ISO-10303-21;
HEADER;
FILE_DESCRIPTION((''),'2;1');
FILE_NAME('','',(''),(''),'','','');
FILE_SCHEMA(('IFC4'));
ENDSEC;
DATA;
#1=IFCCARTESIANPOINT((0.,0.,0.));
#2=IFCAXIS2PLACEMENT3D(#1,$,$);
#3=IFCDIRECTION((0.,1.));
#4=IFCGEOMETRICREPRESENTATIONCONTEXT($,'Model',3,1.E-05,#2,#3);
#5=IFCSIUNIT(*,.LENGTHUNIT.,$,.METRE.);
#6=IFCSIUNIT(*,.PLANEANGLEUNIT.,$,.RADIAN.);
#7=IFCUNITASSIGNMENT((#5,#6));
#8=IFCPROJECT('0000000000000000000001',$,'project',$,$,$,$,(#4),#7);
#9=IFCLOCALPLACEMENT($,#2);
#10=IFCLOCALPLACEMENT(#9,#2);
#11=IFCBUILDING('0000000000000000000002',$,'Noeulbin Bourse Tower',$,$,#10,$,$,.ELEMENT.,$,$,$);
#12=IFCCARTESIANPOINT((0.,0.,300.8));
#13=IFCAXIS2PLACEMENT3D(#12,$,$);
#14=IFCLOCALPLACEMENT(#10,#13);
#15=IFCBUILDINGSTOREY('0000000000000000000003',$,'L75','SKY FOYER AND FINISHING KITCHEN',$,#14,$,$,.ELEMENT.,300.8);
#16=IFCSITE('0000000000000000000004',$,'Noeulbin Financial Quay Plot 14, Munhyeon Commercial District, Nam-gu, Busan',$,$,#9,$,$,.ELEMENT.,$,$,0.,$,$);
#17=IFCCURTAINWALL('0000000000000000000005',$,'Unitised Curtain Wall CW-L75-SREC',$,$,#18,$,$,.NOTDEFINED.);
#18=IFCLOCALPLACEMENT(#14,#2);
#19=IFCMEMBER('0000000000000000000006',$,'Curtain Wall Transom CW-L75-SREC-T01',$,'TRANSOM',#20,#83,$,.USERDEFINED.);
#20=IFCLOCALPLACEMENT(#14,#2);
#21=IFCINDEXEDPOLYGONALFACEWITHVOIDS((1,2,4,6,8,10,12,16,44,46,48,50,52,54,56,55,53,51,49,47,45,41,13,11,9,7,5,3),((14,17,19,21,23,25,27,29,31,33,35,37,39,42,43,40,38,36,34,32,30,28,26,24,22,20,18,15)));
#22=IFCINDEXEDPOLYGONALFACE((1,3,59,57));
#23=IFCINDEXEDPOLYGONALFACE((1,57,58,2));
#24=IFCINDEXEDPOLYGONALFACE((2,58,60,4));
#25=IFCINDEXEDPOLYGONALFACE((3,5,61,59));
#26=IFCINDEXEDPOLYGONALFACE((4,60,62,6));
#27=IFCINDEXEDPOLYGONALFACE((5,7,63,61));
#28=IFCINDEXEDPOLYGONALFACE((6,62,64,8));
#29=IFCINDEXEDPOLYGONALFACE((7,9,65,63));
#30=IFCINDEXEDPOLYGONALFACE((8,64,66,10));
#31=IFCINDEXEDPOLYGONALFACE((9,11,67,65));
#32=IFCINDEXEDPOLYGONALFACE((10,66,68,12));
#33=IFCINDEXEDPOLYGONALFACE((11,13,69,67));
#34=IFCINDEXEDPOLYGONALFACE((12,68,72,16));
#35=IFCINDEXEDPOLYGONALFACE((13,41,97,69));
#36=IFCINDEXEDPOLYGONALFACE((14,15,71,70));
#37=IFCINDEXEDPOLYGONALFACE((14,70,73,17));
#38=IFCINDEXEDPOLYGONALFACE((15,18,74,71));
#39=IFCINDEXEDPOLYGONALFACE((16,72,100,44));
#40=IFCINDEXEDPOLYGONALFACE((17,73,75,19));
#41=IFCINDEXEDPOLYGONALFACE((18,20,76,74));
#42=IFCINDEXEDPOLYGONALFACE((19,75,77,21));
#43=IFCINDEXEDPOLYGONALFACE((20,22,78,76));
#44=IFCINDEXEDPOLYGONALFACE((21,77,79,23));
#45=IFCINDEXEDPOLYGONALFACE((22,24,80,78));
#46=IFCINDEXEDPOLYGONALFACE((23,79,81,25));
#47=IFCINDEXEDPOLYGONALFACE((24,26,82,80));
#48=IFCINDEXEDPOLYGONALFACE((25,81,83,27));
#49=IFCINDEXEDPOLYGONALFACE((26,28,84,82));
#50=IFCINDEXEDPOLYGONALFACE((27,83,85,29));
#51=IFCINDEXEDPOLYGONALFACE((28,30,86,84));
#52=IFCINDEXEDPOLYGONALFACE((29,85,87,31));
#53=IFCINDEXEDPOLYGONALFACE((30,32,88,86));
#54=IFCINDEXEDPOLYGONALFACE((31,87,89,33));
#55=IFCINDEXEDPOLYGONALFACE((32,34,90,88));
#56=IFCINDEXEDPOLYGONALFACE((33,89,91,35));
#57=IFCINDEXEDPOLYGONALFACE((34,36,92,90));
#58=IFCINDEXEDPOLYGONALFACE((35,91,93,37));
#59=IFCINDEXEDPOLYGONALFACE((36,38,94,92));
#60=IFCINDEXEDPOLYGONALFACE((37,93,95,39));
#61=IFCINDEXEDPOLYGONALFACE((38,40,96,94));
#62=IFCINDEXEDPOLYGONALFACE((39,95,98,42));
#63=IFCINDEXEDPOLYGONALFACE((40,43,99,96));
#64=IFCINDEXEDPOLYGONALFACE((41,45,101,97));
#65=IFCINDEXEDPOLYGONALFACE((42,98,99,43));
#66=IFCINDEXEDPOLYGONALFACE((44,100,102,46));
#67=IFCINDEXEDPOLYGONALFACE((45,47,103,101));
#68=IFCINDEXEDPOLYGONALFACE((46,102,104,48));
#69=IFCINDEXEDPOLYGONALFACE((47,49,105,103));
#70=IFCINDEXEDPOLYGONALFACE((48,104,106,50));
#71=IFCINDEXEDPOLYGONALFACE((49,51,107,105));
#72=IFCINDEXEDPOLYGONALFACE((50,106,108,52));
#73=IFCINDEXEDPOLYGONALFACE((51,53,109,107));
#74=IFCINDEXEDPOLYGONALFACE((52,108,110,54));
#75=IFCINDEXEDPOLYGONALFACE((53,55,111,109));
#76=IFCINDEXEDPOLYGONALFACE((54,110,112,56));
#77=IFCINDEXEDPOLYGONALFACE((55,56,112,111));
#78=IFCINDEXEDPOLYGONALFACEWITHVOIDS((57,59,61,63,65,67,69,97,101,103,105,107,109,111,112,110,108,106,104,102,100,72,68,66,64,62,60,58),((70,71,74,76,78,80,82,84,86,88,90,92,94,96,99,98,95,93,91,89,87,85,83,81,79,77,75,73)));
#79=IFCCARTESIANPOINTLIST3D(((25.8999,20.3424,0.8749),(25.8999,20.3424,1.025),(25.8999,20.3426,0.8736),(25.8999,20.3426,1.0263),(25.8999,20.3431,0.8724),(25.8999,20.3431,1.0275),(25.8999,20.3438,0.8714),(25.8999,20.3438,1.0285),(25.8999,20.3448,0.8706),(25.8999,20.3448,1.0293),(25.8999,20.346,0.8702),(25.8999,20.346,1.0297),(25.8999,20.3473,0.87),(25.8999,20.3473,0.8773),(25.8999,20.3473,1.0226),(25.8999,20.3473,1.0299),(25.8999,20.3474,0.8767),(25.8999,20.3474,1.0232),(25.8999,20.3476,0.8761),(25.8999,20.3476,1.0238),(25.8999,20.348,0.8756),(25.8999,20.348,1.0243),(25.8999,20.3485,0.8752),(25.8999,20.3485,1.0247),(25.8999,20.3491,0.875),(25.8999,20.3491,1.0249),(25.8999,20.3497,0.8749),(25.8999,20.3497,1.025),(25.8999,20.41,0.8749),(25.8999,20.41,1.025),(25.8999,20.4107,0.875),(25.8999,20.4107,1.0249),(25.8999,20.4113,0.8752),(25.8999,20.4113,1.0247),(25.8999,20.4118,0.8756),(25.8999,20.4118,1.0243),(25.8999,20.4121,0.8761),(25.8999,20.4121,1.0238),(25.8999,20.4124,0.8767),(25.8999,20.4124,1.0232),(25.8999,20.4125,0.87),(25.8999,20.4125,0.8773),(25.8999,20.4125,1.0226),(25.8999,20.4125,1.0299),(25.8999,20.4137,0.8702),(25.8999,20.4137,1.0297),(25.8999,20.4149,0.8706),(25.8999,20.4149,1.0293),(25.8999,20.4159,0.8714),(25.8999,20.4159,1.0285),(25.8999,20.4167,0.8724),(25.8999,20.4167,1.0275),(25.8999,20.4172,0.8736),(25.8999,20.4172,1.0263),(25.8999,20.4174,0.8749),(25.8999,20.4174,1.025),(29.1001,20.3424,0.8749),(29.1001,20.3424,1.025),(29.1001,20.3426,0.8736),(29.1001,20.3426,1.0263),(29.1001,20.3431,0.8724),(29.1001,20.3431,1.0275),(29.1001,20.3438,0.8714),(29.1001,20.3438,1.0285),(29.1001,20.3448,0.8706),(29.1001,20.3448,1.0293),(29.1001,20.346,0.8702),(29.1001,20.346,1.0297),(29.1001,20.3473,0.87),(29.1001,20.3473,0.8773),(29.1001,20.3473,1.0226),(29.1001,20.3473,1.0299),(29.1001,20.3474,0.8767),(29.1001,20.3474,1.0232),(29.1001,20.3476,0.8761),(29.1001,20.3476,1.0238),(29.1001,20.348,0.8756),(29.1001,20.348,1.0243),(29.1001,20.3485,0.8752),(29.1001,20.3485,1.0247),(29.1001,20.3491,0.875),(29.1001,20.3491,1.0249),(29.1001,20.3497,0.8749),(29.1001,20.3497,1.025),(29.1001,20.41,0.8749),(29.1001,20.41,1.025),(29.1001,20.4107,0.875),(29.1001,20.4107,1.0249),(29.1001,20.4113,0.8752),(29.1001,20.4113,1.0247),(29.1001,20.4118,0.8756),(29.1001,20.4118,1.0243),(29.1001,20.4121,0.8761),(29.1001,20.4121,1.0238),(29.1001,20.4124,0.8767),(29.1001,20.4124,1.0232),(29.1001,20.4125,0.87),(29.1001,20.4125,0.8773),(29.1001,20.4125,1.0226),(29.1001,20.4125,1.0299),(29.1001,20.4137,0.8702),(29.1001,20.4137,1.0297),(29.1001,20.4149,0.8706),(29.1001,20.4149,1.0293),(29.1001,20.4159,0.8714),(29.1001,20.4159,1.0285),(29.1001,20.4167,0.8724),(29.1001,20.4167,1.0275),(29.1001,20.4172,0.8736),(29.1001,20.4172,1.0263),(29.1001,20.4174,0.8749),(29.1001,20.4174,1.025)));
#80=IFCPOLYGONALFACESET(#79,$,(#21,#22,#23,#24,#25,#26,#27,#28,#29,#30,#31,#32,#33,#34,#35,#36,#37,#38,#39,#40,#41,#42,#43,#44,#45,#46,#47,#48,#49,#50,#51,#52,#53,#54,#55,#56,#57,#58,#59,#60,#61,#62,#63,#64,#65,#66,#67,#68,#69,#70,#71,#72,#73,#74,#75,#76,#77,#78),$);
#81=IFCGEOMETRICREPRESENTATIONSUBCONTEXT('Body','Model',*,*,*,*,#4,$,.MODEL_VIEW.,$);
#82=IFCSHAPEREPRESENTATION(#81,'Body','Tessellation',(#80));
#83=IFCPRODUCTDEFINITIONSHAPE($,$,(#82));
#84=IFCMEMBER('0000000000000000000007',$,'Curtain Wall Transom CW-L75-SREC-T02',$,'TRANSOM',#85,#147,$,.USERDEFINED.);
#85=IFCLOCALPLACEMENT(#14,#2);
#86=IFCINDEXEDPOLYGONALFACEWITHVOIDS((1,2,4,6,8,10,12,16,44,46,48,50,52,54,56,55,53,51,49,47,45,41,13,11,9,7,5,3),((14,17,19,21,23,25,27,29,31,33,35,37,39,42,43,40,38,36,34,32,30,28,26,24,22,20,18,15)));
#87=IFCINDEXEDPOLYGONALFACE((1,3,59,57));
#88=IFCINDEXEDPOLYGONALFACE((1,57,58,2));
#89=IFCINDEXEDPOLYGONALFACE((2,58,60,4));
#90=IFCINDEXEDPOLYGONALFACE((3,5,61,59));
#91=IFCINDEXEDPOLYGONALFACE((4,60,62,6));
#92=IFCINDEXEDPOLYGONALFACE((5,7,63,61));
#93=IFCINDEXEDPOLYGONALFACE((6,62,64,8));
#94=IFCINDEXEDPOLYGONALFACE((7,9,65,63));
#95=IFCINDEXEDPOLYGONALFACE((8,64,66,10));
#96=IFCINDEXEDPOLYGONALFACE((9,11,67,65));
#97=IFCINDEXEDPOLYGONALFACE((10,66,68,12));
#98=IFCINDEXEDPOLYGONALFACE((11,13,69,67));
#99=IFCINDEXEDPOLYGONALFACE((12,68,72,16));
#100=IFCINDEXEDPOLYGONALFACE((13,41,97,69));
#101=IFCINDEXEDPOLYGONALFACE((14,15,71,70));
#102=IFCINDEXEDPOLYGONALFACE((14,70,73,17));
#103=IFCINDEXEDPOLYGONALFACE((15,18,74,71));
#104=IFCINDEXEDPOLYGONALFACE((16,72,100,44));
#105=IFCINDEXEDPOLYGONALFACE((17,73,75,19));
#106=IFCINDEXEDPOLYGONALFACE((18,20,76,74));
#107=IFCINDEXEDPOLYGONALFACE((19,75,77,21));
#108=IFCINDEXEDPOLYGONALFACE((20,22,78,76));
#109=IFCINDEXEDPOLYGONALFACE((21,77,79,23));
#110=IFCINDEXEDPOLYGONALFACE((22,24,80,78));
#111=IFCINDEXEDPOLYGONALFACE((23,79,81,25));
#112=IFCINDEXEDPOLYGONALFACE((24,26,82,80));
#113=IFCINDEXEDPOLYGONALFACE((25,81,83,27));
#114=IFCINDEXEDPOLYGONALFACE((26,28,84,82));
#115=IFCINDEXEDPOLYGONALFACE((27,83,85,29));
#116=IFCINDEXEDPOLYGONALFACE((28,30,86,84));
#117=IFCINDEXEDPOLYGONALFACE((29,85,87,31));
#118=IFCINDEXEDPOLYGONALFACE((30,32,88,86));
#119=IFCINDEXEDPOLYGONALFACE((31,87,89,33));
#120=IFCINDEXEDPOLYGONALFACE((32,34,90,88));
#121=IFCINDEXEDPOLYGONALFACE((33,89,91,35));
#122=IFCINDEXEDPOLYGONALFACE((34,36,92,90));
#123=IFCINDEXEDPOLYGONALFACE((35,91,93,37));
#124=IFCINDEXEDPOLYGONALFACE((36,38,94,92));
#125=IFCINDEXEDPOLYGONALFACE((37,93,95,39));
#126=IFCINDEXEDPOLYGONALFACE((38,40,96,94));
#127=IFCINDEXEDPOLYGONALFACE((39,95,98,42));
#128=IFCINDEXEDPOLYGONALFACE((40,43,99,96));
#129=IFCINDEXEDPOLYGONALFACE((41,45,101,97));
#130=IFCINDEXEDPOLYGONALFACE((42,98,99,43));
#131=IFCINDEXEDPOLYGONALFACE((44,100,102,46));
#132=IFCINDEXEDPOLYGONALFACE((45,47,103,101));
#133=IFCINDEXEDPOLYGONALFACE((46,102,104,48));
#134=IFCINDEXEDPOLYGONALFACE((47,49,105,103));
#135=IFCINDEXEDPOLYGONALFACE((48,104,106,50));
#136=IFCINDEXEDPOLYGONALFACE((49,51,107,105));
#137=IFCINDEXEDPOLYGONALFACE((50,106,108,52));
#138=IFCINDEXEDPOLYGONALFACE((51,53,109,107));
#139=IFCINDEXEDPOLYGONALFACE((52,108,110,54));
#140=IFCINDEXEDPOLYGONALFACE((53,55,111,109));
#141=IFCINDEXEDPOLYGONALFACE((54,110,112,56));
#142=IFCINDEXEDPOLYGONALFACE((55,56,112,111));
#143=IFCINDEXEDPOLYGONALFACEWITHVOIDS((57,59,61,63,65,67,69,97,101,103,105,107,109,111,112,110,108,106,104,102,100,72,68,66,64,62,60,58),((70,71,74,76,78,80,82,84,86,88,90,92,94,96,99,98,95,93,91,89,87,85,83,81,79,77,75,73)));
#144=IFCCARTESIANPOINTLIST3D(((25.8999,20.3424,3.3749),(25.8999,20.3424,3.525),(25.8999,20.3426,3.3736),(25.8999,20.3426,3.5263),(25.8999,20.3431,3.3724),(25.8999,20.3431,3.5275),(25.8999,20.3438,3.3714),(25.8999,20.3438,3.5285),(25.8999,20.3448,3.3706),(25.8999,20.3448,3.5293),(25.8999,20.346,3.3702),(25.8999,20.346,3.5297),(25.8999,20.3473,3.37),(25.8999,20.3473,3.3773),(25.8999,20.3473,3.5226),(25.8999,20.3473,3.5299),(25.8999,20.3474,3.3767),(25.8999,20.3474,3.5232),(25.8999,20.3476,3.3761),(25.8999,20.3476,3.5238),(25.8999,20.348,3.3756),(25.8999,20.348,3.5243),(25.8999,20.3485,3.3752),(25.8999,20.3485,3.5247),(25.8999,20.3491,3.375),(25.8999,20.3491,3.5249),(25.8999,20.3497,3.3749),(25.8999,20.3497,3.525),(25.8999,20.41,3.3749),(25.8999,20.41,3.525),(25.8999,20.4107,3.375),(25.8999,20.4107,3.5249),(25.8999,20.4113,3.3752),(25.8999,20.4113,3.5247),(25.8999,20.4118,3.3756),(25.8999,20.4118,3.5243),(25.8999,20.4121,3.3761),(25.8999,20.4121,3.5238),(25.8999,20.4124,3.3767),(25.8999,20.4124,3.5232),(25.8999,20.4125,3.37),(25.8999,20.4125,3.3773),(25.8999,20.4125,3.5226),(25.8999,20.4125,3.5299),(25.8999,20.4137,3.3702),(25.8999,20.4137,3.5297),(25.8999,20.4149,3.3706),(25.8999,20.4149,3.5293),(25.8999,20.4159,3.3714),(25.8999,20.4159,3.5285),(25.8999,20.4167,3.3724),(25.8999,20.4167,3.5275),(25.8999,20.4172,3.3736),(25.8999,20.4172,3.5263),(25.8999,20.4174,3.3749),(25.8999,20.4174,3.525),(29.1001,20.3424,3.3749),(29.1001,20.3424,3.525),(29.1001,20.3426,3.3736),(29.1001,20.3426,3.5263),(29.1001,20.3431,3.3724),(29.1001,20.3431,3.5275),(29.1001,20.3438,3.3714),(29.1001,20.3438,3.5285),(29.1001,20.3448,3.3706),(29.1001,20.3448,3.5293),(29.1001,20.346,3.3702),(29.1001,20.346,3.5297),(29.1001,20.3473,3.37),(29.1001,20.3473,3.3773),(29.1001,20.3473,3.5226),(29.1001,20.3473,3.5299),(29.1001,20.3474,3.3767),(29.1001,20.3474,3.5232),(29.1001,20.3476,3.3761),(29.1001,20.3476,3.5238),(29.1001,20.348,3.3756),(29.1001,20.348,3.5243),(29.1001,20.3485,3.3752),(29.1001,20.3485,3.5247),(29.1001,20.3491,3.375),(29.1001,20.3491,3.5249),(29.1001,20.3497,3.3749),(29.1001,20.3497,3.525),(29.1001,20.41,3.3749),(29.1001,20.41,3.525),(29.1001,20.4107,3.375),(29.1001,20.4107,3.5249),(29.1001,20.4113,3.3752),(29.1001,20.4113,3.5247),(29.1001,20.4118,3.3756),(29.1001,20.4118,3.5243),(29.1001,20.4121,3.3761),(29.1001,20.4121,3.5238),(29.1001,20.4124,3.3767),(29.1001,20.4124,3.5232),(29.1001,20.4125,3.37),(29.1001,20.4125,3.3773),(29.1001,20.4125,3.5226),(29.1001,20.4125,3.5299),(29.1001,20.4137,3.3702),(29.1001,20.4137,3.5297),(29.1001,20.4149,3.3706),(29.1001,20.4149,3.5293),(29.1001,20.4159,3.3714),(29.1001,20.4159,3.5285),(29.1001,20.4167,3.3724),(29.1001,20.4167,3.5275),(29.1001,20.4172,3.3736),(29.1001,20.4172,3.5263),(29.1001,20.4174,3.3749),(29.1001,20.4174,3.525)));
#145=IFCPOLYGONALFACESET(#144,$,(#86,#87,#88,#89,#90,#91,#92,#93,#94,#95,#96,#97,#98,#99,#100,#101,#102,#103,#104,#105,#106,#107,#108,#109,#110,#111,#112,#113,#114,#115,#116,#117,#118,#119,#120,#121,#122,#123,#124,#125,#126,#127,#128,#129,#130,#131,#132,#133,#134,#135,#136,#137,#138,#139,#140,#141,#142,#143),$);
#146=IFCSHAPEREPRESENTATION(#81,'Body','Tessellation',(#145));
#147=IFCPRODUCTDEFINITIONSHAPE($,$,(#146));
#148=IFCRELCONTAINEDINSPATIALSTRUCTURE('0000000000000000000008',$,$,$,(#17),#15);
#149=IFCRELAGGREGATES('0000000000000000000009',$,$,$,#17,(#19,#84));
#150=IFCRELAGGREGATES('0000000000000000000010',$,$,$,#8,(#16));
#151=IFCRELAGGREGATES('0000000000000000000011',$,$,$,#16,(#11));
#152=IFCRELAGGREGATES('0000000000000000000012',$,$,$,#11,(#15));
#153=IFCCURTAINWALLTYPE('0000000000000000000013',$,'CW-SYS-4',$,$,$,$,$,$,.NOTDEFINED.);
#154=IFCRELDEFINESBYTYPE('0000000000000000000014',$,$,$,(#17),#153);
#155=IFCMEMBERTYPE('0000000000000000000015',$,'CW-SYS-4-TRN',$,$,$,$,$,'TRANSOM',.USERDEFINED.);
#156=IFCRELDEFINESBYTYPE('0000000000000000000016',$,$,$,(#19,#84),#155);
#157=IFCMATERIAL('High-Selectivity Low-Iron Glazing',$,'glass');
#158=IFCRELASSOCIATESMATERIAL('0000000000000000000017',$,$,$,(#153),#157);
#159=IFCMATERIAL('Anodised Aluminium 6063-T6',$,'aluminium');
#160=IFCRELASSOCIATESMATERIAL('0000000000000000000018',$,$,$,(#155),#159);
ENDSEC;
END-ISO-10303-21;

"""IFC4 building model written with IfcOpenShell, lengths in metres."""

from ifc_helpers import new_model, si_unit, direction, frame, origin, origin_2d, place, context, subcontext, project, spatial, hollow_rectangle, extrude, material, material_profile, profile_set, type_object, element, aggregate, save


model = new_model("IFC4")

# Units and contexts
model_context = context("Model", 3, precision=1e-05, world=origin(), true_north=direction((0.0, 1.0)))
body_context = subcontext(model_context, "Body", "Model", "MODEL_VIEW")
ifc_project = project(units=[si_unit("LENGTHUNIT", "METRE"), si_unit("PLANEANGLEUNIT", "RADIAN")], contexts=[model_context])

# Site, building, storey
site_placement = place(None, origin())
site = spatial("IfcSite", under=ifc_project, at=site_placement, Name="Noeulbin Financial Quay Plot 14, Munhyeon Commercial District, Nam-gu, Busan", CompositionType="ELEMENT", RefElevation=0.0)
building_placement = place(site_placement, origin())
building = spatial("IfcBuilding", under=site, at=building_placement, Name="Noeulbin Bourse Tower", CompositionType="ELEMENT")
storey_placement = place(building_placement, frame((0.0, 0.0, 300.8)))
storey = spatial("IfcBuildingStorey", under=building, at=storey_placement, Name="L75", Description="SKY FOYER AND FINISHING KITCHEN", CompositionType="ELEMENT", Elevation=300.8)

# Curtain wall
ifc_material_1 = material(Name="High-Selectivity Low-Iron Glazing", Category="glass")
curtain_wall_type = type_object("IfcCurtainWallType", Name="CW-SYS-4", PredefinedType="NOTDEFINED", material=ifc_material_1)
curtain_wall_1_placement = place(storey_placement, origin())
curtain_wall_1 = element("IfcCurtainWall", 1, at=curtain_wall_1_placement, inside=storey, type_object=curtain_wall_type, Name="Unitised Curtain Wall CW-L75-SREC", PredefinedType="NOTDEFINED")
ifc_material_2 = material(Name="Anodised Aluminium 6063-T6", Category="aluminium")

# Members
ifc_material_profile_1 = material_profile(ifc_material_2, hollow_rectangle(XDim=0.075, YDim=0.1599, WallThickness=0.0049, InnerFilletRadius=0.0024, OuterFilletRadius=0.0049, at=origin_2d()), Name="ALU-TRAN-75x160x5", Category="LoadBearing")
ifc_profile_set_1 = profile_set([ifc_material_profile_1], Name="Anodised Aluminium 6063-T6")
member_type_1 = type_object("IfcMemberType", Name="CW-SYS-4-TRN", ElementType="TRANSOM", PredefinedType="USERDEFINED", material=ifc_profile_set_1)
member_1_placement = place(storey_placement, frame((25.8999, 20.3799, 0.95), z_axis=(1.0, 0.0, 0.0), x_axis=(0.0, 1.0, 0.0)))
member_1 = element("IfcMember", 2, at=member_1_placement, type_object=member_type_1, Name="Curtain Wall Transom CW-L75-SREC-T01", ObjectType="TRANSOM", PredefinedType="USERDEFINED", context=body_context, shape_type="SweptSolid", body=[
    extrude(hollow_rectangle(XDim=0.075, YDim=0.1599, WallThickness=0.0049, InnerFilletRadius=0.0024, OuterFilletRadius=0.0049, at=origin_2d()), origin(), (0.0, 0.0, 1.0), 3.2002),
])
member_2_placement = place(storey_placement, frame((25.8999, 20.3799, 3.45), z_axis=(1.0, 0.0, 0.0), x_axis=(0.0, 1.0, 0.0)))
member_2 = element("IfcMember", 3, at=member_2_placement, type_object=member_type_1, Name="Curtain Wall Transom CW-L75-SREC-T02", ObjectType="TRANSOM", PredefinedType="USERDEFINED", context=body_context, shape_type="SweptSolid", body=[
    extrude(hollow_rectangle(XDim=0.075, YDim=0.1599, WallThickness=0.0049, InnerFilletRadius=0.0024, OuterFilletRadius=0.0049, at=origin_2d()), origin(), (0.0, 0.0, 1.0), 3.2002),
])

aggregate(curtain_wall_1, [member_1, member_2])

save(model, "model.ifc")
